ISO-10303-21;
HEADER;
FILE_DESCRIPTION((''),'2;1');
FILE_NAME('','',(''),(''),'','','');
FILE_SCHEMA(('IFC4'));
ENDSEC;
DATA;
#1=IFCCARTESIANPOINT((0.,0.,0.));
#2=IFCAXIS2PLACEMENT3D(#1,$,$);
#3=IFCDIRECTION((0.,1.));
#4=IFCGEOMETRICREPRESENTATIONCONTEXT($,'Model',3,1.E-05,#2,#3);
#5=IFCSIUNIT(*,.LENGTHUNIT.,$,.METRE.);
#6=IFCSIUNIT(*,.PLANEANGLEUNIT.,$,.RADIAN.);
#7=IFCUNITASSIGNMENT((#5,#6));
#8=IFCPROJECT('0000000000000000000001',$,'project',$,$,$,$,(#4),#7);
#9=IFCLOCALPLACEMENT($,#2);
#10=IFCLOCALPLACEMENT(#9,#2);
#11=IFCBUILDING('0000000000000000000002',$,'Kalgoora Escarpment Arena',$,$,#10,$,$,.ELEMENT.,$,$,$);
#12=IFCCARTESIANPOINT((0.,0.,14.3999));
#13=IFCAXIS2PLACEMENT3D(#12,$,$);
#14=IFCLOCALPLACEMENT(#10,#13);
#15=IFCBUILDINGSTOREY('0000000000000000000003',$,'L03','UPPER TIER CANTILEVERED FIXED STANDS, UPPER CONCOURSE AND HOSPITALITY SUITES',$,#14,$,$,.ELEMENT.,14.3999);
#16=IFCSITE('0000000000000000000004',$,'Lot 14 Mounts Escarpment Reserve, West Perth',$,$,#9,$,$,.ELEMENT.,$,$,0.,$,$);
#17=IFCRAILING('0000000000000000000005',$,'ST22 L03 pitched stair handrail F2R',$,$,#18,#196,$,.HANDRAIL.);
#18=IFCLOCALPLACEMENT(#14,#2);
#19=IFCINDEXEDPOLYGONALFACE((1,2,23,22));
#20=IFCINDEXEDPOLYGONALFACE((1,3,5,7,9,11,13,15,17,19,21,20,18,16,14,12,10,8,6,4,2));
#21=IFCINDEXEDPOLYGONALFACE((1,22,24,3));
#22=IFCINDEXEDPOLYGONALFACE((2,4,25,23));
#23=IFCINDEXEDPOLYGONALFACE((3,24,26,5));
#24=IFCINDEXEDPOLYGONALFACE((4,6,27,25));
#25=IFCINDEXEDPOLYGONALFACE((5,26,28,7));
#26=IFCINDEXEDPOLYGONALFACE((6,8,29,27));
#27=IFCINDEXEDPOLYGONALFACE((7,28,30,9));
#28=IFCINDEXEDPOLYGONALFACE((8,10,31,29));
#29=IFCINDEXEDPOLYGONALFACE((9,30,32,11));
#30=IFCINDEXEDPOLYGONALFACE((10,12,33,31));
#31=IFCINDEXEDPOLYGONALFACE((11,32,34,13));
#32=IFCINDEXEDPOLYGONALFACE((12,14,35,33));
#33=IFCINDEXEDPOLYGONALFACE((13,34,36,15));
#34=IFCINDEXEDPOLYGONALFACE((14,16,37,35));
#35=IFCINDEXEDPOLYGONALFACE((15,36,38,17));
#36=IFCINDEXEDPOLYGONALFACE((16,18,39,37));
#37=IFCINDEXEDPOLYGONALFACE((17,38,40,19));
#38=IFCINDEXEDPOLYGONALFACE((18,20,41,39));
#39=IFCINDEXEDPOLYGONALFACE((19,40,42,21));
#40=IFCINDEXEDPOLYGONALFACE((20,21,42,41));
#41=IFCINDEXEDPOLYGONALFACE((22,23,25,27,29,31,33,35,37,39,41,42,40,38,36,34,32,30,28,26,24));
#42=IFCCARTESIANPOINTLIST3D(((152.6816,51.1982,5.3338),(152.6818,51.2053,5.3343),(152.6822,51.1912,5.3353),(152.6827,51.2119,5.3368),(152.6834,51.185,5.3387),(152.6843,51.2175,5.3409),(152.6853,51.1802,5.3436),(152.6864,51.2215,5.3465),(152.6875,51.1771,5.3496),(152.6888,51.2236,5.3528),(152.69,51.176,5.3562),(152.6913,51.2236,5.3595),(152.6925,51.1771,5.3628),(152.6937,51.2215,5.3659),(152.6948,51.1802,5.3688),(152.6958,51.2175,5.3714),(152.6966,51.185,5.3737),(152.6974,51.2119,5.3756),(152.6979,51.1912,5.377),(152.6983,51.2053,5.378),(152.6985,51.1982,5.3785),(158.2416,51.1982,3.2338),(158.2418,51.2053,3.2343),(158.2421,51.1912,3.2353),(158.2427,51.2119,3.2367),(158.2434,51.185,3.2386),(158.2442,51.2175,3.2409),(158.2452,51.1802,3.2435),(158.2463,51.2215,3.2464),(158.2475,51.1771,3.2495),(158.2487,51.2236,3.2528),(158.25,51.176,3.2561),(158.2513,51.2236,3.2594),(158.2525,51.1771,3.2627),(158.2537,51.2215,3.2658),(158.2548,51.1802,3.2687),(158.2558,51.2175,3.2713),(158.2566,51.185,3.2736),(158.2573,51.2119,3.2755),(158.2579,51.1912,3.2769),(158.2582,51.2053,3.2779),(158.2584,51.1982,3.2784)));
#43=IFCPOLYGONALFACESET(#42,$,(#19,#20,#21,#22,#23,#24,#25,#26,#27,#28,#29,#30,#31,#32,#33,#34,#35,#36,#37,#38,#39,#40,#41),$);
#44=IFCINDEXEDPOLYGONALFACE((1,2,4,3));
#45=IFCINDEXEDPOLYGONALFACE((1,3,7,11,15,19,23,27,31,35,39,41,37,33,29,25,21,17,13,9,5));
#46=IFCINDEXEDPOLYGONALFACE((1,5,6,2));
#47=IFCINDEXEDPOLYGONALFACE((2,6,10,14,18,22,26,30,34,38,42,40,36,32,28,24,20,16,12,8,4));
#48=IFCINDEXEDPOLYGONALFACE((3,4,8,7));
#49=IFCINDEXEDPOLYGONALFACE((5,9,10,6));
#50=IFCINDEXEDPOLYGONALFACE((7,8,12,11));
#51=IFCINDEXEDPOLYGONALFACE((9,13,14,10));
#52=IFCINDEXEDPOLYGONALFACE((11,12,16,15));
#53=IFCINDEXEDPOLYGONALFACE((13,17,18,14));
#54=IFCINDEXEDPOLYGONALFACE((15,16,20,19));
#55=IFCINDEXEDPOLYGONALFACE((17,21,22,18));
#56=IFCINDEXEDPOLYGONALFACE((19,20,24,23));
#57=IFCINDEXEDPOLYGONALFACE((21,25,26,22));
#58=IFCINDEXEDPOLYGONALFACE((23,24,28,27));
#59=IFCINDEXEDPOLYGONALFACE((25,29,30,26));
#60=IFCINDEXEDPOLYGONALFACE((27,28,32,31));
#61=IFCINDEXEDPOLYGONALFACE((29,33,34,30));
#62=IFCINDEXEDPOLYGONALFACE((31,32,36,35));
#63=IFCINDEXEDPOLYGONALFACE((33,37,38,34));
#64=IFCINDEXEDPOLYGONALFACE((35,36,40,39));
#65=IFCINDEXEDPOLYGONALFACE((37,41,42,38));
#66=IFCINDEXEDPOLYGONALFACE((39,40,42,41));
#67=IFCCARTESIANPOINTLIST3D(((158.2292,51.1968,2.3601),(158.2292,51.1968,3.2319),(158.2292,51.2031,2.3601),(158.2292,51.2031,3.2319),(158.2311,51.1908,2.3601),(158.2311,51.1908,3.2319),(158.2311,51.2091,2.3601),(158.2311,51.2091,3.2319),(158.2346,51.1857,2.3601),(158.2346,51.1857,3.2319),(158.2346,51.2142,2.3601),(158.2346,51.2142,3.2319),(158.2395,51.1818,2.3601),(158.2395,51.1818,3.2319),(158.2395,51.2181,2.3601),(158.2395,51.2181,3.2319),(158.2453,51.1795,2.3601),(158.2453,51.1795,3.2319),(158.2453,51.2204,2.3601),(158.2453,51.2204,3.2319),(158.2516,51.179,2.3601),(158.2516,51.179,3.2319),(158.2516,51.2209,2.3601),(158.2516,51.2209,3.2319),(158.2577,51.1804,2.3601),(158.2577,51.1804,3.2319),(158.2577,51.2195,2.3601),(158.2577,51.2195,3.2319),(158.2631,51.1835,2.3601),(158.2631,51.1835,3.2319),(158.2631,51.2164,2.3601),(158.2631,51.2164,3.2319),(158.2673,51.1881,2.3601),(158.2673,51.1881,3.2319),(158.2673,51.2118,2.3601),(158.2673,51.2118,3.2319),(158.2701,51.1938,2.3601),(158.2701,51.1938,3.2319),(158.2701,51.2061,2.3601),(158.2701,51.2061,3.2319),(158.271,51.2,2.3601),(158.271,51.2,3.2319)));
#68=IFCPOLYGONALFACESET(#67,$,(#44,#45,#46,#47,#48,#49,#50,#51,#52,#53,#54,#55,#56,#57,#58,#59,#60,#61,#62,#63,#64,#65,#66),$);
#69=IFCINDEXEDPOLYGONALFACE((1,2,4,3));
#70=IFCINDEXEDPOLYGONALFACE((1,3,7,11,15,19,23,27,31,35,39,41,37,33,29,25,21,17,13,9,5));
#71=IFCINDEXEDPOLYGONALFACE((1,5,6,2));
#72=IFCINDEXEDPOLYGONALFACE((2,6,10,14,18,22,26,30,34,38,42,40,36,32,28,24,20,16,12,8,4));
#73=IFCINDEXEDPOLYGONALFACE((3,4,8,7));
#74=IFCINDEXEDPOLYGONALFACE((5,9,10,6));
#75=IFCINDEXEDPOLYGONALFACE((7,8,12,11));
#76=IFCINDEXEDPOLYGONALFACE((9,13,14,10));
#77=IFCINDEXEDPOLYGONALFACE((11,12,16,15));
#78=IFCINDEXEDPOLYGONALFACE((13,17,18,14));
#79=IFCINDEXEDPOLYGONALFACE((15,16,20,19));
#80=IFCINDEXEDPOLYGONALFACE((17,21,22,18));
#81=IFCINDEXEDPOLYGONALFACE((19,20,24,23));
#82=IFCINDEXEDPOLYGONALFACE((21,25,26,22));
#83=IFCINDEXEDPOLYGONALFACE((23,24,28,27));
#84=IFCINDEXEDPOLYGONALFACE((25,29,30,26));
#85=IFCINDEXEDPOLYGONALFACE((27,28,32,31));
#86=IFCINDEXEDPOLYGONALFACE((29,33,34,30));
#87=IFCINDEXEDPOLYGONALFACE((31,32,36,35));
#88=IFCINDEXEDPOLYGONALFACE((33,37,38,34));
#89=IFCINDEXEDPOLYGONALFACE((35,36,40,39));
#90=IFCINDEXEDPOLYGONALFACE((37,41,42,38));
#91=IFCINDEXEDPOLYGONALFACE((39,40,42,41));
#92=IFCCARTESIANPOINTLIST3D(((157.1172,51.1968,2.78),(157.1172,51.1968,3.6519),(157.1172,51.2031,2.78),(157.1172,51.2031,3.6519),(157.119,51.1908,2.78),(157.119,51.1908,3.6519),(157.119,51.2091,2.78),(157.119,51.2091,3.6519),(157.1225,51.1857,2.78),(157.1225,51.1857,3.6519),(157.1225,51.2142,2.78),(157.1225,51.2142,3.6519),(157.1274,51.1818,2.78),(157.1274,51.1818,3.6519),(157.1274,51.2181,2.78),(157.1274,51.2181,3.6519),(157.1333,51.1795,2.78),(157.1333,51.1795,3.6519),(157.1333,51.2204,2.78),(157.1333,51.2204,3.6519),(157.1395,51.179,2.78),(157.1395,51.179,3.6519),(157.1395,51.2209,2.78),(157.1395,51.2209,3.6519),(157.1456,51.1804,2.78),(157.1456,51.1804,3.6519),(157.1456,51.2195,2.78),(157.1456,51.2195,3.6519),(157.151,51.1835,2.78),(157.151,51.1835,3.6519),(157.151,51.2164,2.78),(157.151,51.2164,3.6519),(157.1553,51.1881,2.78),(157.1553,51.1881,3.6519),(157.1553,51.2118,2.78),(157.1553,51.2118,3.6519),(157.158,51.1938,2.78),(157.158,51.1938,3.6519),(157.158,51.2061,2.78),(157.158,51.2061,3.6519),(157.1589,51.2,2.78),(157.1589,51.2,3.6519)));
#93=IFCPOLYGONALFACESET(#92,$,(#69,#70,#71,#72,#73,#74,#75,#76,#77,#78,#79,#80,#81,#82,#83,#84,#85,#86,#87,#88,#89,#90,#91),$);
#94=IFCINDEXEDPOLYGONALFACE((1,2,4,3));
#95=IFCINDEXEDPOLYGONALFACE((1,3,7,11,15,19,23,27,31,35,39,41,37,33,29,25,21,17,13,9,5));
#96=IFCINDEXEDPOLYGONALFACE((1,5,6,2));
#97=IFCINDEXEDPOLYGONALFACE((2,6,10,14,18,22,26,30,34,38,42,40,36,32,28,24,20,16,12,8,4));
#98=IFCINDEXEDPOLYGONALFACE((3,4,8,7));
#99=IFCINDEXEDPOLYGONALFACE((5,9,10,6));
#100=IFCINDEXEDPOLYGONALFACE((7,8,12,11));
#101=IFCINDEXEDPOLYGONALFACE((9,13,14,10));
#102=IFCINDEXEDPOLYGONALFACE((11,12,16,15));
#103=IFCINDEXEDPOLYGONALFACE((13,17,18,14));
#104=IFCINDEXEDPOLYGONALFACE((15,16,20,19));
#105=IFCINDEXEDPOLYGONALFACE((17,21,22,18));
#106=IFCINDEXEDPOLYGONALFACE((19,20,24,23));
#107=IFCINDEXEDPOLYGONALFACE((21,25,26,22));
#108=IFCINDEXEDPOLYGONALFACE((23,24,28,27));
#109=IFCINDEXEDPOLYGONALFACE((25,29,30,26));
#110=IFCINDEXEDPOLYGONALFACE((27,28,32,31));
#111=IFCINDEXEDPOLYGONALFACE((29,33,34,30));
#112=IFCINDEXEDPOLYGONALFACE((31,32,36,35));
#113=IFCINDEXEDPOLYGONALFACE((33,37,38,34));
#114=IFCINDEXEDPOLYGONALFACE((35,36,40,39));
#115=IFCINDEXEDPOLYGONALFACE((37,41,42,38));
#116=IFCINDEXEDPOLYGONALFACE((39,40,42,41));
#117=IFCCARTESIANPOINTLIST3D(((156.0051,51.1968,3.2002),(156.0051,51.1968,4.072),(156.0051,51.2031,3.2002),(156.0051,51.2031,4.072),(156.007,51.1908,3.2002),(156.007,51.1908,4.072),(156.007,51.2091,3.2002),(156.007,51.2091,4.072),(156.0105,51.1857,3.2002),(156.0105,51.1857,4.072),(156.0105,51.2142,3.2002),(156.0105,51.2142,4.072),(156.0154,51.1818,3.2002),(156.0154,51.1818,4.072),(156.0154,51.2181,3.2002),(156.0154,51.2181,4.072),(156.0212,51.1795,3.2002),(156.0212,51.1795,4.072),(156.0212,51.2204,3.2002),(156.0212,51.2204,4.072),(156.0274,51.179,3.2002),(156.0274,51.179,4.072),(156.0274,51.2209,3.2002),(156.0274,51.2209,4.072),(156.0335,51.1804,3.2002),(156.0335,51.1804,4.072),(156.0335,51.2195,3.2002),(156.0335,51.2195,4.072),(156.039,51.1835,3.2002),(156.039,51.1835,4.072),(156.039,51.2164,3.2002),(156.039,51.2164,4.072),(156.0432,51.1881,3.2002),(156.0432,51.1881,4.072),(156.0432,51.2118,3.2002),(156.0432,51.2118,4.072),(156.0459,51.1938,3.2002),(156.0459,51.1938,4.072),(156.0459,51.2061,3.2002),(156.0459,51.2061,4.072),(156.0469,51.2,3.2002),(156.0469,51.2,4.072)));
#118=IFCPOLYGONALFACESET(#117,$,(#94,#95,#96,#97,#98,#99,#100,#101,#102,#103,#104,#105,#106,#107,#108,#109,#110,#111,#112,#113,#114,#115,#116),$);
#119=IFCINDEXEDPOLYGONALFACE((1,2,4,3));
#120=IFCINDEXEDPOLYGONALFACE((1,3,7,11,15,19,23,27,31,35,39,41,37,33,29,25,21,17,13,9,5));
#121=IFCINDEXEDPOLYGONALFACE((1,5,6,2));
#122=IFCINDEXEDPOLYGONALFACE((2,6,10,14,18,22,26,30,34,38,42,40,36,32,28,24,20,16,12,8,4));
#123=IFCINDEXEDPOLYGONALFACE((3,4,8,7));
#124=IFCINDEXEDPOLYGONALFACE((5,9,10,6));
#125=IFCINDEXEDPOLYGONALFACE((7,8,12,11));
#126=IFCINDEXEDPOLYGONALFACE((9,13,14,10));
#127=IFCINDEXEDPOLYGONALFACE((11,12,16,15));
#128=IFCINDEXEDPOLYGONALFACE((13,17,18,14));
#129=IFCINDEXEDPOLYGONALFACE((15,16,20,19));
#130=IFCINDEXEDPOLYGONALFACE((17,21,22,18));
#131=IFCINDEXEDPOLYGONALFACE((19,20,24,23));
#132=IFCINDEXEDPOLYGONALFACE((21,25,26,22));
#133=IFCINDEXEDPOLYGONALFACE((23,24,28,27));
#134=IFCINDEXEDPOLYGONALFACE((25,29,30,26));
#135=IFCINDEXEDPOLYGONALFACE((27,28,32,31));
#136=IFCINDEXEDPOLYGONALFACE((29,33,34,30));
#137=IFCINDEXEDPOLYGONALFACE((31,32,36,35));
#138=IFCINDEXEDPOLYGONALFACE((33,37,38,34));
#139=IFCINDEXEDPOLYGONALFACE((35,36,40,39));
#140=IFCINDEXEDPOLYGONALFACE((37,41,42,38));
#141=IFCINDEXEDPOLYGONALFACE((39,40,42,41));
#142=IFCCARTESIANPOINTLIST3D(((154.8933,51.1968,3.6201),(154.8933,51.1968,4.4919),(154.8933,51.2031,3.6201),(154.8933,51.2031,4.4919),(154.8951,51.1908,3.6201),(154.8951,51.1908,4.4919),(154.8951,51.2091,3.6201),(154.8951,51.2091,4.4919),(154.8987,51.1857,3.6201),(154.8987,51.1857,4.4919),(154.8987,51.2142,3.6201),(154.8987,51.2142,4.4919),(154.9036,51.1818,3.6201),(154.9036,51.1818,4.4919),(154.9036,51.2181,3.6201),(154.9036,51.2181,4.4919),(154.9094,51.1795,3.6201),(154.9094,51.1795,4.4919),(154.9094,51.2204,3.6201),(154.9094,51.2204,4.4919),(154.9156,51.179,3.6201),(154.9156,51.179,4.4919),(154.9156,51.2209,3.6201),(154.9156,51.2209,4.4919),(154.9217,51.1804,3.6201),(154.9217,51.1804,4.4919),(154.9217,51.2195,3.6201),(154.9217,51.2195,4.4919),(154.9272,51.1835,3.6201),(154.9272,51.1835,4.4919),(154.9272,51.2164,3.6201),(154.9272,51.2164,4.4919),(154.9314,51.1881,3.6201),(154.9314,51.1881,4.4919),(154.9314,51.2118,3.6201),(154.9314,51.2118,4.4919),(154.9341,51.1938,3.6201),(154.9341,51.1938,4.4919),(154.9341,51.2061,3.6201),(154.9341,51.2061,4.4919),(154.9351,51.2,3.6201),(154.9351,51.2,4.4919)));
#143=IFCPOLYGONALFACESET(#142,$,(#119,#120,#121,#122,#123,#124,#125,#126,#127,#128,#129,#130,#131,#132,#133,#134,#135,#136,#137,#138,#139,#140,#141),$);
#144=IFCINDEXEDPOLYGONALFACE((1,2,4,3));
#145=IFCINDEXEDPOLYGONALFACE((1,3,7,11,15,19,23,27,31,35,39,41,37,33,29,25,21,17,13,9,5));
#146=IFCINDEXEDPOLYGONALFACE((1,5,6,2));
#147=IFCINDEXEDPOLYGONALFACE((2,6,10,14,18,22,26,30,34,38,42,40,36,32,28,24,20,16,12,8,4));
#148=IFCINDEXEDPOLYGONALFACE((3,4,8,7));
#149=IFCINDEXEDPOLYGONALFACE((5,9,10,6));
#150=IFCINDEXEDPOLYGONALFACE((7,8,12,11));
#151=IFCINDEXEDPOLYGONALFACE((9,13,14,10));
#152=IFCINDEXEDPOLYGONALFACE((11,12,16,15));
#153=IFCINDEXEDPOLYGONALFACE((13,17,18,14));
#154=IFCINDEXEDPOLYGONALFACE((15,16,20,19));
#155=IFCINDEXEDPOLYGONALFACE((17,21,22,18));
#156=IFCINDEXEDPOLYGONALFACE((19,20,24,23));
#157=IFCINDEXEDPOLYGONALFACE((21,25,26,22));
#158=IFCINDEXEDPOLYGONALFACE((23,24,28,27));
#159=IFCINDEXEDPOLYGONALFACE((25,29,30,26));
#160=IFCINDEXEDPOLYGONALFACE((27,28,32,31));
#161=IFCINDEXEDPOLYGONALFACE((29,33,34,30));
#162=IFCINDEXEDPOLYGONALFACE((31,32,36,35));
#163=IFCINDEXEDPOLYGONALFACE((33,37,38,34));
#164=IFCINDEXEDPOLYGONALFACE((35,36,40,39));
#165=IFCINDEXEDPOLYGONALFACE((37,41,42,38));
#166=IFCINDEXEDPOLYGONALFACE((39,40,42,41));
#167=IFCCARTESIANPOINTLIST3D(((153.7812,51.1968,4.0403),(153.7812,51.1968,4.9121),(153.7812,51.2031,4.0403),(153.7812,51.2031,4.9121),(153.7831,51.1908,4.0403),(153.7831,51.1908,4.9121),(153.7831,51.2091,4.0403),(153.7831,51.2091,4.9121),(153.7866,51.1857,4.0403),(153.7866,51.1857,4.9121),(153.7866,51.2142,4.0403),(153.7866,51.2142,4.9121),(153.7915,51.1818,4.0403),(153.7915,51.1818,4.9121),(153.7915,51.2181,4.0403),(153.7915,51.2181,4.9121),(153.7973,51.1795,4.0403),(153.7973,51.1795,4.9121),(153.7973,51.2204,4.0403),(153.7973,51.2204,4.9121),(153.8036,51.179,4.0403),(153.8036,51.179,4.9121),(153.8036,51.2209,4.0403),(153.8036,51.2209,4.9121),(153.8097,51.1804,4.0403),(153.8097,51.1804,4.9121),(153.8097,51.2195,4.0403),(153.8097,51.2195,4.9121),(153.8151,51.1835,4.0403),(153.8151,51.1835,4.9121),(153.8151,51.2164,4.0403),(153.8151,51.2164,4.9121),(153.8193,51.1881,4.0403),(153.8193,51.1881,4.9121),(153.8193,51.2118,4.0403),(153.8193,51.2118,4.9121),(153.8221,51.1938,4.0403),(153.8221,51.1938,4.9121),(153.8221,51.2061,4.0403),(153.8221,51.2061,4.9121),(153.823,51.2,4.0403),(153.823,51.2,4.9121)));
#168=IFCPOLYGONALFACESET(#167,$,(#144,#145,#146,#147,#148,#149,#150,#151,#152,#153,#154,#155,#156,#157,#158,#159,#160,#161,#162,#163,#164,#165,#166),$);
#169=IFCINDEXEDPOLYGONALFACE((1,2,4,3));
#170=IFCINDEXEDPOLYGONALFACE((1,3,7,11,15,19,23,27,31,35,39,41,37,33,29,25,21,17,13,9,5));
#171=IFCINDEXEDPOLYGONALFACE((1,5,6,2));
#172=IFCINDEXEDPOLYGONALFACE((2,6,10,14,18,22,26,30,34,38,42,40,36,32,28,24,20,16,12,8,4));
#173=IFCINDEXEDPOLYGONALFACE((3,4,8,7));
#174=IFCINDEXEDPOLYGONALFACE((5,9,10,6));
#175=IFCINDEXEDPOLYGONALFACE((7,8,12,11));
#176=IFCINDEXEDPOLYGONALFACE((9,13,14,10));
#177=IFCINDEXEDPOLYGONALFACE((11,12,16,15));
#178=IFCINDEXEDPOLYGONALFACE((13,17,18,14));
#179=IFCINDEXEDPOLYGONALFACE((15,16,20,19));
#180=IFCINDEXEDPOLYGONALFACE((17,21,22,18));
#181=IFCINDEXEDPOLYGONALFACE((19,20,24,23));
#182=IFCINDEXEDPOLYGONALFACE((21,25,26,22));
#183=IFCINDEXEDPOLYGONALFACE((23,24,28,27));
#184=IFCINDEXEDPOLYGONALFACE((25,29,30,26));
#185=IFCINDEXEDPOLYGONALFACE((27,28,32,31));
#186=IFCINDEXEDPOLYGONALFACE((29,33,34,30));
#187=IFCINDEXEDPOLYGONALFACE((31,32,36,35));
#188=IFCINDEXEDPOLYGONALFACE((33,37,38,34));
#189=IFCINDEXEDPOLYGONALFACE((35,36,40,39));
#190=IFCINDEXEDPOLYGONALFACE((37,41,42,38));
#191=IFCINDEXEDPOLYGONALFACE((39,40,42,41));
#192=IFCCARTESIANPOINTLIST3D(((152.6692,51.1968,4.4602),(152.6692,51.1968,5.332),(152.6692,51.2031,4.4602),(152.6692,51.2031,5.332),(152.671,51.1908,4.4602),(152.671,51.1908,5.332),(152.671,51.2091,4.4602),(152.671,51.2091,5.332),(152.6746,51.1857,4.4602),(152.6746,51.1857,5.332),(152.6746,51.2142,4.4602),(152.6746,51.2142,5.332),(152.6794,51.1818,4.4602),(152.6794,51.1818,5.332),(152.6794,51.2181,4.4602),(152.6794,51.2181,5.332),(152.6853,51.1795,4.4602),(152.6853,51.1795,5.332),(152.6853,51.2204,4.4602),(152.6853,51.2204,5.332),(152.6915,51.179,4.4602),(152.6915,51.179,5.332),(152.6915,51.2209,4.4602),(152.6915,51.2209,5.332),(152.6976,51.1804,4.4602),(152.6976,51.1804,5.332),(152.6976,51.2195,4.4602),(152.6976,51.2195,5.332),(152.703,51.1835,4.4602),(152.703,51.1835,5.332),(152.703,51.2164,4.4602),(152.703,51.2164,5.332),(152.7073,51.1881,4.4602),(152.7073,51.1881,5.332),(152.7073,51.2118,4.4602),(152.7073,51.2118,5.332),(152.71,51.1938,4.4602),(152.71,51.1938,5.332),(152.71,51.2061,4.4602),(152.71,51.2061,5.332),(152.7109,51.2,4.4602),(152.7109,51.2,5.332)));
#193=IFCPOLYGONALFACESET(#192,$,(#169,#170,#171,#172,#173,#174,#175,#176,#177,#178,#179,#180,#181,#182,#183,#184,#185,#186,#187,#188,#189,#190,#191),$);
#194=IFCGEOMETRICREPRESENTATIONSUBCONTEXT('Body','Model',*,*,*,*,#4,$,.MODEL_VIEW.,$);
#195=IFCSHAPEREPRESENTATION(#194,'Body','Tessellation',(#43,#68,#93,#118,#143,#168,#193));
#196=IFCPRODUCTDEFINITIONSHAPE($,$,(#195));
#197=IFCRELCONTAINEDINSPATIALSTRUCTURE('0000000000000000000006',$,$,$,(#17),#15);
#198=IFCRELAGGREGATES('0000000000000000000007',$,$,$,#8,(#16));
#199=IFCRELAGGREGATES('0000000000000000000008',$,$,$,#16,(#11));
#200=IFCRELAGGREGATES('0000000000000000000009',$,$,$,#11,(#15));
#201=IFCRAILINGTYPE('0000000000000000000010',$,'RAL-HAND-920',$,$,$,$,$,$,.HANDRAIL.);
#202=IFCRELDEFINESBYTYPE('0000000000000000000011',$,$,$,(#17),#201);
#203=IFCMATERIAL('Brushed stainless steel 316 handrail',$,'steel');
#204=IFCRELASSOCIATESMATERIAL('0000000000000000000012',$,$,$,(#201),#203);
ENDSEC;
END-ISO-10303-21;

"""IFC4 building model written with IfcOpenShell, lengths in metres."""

from ifc_helpers import new_model, si_unit, direction, frame, origin, origin_2d, place, context, subcontext, project, spatial, circle, extrude, material, type_object, element, save


model = new_model("IFC4")

# Units and contexts
model_context = context("Model", 3, precision=1e-05, world=origin(), true_north=direction((0.0, 1.0)))
body_context = subcontext(model_context, "Body", "Model", "MODEL_VIEW")
ifc_project = project(units=[si_unit("LENGTHUNIT", "METRE"), si_unit("PLANEANGLEUNIT", "RADIAN")], contexts=[model_context])

# Site, building, storey
site_placement = place(None, origin())
site = spatial("IfcSite", under=ifc_project, at=site_placement, Name="Lot 14 Mounts Escarpment Reserve, West Perth", CompositionType="ELEMENT", RefElevation=0.0)
building_placement = place(site_placement, origin())
building = spatial("IfcBuilding", under=site, at=building_placement, Name="Kalgoora Escarpment Arena", CompositionType="ELEMENT")
storey_placement = place(building_placement, frame((0.0, 0.0, 14.3999)))
storey = spatial("IfcBuildingStorey", under=building, at=storey_placement, Name="L03", Description="UPPER TIER CANTILEVERED FIXED STANDS, UPPER CONCOURSE AND HOSPITALITY SUITES", CompositionType="ELEMENT", Elevation=14.3999)

# Railing
ifc_material_1 = material(Name="Brushed stainless steel 316 handrail", Category="steel")
railing_type_1 = type_object("IfcRailingType", Name="RAL-HAND-920", PredefinedType="HANDRAIL", material=ifc_material_1)
for number, where, name in (
    (1, (158.25, 51.2, 2.3601), "ST22 L03 pitched stair handrail F2R"),
):
    element("IfcRailing", number, at=place(storey_placement, frame(where)), inside=storey, type_object=railing_type_1, Name=name, PredefinedType="HANDRAIL", context=body_context, shape_type="SweptSolid", body=[
        extrude(circle(Radius=0.0239, at=origin_2d()), frame((0.0, 0.0, 0.896), z_axis=(-0.935493, 0.0, 0.353346), x_axis=(0.0, -1.0, 0.0)), (0.0, 0.0, 1.0), 5.9434),
        extrude(circle(Radius=0.021, at=origin_2d()), origin(), (0.0, 0.0, 1.0), 0.8718),
        extrude(circle(Radius=0.021, at=origin_2d()), frame((-1.1121, 0.0, 0.4199)), (0.0, 0.0, 1.0), 0.8718),
        extrude(circle(Radius=0.021, at=origin_2d()), frame((-2.2241, 0.0, 0.8401)), (0.0, 0.0, 1.0), 0.8718),
        extrude(circle(Radius=0.021, at=origin_2d()), frame((-3.3359, 0.0, 1.26)), (0.0, 0.0, 1.0), 0.8718),
        extrude(circle(Radius=0.021, at=origin_2d()), frame((-4.448, 0.0, 1.6802)), (0.0, 0.0, 1.0), 0.8718),
        extrude(circle(Radius=0.021, at=origin_2d()), frame((-5.5601, 0.0, 2.1001)), (0.0, 0.0, 1.0), 0.8718),
    ])

save(model, "model.ifc")
